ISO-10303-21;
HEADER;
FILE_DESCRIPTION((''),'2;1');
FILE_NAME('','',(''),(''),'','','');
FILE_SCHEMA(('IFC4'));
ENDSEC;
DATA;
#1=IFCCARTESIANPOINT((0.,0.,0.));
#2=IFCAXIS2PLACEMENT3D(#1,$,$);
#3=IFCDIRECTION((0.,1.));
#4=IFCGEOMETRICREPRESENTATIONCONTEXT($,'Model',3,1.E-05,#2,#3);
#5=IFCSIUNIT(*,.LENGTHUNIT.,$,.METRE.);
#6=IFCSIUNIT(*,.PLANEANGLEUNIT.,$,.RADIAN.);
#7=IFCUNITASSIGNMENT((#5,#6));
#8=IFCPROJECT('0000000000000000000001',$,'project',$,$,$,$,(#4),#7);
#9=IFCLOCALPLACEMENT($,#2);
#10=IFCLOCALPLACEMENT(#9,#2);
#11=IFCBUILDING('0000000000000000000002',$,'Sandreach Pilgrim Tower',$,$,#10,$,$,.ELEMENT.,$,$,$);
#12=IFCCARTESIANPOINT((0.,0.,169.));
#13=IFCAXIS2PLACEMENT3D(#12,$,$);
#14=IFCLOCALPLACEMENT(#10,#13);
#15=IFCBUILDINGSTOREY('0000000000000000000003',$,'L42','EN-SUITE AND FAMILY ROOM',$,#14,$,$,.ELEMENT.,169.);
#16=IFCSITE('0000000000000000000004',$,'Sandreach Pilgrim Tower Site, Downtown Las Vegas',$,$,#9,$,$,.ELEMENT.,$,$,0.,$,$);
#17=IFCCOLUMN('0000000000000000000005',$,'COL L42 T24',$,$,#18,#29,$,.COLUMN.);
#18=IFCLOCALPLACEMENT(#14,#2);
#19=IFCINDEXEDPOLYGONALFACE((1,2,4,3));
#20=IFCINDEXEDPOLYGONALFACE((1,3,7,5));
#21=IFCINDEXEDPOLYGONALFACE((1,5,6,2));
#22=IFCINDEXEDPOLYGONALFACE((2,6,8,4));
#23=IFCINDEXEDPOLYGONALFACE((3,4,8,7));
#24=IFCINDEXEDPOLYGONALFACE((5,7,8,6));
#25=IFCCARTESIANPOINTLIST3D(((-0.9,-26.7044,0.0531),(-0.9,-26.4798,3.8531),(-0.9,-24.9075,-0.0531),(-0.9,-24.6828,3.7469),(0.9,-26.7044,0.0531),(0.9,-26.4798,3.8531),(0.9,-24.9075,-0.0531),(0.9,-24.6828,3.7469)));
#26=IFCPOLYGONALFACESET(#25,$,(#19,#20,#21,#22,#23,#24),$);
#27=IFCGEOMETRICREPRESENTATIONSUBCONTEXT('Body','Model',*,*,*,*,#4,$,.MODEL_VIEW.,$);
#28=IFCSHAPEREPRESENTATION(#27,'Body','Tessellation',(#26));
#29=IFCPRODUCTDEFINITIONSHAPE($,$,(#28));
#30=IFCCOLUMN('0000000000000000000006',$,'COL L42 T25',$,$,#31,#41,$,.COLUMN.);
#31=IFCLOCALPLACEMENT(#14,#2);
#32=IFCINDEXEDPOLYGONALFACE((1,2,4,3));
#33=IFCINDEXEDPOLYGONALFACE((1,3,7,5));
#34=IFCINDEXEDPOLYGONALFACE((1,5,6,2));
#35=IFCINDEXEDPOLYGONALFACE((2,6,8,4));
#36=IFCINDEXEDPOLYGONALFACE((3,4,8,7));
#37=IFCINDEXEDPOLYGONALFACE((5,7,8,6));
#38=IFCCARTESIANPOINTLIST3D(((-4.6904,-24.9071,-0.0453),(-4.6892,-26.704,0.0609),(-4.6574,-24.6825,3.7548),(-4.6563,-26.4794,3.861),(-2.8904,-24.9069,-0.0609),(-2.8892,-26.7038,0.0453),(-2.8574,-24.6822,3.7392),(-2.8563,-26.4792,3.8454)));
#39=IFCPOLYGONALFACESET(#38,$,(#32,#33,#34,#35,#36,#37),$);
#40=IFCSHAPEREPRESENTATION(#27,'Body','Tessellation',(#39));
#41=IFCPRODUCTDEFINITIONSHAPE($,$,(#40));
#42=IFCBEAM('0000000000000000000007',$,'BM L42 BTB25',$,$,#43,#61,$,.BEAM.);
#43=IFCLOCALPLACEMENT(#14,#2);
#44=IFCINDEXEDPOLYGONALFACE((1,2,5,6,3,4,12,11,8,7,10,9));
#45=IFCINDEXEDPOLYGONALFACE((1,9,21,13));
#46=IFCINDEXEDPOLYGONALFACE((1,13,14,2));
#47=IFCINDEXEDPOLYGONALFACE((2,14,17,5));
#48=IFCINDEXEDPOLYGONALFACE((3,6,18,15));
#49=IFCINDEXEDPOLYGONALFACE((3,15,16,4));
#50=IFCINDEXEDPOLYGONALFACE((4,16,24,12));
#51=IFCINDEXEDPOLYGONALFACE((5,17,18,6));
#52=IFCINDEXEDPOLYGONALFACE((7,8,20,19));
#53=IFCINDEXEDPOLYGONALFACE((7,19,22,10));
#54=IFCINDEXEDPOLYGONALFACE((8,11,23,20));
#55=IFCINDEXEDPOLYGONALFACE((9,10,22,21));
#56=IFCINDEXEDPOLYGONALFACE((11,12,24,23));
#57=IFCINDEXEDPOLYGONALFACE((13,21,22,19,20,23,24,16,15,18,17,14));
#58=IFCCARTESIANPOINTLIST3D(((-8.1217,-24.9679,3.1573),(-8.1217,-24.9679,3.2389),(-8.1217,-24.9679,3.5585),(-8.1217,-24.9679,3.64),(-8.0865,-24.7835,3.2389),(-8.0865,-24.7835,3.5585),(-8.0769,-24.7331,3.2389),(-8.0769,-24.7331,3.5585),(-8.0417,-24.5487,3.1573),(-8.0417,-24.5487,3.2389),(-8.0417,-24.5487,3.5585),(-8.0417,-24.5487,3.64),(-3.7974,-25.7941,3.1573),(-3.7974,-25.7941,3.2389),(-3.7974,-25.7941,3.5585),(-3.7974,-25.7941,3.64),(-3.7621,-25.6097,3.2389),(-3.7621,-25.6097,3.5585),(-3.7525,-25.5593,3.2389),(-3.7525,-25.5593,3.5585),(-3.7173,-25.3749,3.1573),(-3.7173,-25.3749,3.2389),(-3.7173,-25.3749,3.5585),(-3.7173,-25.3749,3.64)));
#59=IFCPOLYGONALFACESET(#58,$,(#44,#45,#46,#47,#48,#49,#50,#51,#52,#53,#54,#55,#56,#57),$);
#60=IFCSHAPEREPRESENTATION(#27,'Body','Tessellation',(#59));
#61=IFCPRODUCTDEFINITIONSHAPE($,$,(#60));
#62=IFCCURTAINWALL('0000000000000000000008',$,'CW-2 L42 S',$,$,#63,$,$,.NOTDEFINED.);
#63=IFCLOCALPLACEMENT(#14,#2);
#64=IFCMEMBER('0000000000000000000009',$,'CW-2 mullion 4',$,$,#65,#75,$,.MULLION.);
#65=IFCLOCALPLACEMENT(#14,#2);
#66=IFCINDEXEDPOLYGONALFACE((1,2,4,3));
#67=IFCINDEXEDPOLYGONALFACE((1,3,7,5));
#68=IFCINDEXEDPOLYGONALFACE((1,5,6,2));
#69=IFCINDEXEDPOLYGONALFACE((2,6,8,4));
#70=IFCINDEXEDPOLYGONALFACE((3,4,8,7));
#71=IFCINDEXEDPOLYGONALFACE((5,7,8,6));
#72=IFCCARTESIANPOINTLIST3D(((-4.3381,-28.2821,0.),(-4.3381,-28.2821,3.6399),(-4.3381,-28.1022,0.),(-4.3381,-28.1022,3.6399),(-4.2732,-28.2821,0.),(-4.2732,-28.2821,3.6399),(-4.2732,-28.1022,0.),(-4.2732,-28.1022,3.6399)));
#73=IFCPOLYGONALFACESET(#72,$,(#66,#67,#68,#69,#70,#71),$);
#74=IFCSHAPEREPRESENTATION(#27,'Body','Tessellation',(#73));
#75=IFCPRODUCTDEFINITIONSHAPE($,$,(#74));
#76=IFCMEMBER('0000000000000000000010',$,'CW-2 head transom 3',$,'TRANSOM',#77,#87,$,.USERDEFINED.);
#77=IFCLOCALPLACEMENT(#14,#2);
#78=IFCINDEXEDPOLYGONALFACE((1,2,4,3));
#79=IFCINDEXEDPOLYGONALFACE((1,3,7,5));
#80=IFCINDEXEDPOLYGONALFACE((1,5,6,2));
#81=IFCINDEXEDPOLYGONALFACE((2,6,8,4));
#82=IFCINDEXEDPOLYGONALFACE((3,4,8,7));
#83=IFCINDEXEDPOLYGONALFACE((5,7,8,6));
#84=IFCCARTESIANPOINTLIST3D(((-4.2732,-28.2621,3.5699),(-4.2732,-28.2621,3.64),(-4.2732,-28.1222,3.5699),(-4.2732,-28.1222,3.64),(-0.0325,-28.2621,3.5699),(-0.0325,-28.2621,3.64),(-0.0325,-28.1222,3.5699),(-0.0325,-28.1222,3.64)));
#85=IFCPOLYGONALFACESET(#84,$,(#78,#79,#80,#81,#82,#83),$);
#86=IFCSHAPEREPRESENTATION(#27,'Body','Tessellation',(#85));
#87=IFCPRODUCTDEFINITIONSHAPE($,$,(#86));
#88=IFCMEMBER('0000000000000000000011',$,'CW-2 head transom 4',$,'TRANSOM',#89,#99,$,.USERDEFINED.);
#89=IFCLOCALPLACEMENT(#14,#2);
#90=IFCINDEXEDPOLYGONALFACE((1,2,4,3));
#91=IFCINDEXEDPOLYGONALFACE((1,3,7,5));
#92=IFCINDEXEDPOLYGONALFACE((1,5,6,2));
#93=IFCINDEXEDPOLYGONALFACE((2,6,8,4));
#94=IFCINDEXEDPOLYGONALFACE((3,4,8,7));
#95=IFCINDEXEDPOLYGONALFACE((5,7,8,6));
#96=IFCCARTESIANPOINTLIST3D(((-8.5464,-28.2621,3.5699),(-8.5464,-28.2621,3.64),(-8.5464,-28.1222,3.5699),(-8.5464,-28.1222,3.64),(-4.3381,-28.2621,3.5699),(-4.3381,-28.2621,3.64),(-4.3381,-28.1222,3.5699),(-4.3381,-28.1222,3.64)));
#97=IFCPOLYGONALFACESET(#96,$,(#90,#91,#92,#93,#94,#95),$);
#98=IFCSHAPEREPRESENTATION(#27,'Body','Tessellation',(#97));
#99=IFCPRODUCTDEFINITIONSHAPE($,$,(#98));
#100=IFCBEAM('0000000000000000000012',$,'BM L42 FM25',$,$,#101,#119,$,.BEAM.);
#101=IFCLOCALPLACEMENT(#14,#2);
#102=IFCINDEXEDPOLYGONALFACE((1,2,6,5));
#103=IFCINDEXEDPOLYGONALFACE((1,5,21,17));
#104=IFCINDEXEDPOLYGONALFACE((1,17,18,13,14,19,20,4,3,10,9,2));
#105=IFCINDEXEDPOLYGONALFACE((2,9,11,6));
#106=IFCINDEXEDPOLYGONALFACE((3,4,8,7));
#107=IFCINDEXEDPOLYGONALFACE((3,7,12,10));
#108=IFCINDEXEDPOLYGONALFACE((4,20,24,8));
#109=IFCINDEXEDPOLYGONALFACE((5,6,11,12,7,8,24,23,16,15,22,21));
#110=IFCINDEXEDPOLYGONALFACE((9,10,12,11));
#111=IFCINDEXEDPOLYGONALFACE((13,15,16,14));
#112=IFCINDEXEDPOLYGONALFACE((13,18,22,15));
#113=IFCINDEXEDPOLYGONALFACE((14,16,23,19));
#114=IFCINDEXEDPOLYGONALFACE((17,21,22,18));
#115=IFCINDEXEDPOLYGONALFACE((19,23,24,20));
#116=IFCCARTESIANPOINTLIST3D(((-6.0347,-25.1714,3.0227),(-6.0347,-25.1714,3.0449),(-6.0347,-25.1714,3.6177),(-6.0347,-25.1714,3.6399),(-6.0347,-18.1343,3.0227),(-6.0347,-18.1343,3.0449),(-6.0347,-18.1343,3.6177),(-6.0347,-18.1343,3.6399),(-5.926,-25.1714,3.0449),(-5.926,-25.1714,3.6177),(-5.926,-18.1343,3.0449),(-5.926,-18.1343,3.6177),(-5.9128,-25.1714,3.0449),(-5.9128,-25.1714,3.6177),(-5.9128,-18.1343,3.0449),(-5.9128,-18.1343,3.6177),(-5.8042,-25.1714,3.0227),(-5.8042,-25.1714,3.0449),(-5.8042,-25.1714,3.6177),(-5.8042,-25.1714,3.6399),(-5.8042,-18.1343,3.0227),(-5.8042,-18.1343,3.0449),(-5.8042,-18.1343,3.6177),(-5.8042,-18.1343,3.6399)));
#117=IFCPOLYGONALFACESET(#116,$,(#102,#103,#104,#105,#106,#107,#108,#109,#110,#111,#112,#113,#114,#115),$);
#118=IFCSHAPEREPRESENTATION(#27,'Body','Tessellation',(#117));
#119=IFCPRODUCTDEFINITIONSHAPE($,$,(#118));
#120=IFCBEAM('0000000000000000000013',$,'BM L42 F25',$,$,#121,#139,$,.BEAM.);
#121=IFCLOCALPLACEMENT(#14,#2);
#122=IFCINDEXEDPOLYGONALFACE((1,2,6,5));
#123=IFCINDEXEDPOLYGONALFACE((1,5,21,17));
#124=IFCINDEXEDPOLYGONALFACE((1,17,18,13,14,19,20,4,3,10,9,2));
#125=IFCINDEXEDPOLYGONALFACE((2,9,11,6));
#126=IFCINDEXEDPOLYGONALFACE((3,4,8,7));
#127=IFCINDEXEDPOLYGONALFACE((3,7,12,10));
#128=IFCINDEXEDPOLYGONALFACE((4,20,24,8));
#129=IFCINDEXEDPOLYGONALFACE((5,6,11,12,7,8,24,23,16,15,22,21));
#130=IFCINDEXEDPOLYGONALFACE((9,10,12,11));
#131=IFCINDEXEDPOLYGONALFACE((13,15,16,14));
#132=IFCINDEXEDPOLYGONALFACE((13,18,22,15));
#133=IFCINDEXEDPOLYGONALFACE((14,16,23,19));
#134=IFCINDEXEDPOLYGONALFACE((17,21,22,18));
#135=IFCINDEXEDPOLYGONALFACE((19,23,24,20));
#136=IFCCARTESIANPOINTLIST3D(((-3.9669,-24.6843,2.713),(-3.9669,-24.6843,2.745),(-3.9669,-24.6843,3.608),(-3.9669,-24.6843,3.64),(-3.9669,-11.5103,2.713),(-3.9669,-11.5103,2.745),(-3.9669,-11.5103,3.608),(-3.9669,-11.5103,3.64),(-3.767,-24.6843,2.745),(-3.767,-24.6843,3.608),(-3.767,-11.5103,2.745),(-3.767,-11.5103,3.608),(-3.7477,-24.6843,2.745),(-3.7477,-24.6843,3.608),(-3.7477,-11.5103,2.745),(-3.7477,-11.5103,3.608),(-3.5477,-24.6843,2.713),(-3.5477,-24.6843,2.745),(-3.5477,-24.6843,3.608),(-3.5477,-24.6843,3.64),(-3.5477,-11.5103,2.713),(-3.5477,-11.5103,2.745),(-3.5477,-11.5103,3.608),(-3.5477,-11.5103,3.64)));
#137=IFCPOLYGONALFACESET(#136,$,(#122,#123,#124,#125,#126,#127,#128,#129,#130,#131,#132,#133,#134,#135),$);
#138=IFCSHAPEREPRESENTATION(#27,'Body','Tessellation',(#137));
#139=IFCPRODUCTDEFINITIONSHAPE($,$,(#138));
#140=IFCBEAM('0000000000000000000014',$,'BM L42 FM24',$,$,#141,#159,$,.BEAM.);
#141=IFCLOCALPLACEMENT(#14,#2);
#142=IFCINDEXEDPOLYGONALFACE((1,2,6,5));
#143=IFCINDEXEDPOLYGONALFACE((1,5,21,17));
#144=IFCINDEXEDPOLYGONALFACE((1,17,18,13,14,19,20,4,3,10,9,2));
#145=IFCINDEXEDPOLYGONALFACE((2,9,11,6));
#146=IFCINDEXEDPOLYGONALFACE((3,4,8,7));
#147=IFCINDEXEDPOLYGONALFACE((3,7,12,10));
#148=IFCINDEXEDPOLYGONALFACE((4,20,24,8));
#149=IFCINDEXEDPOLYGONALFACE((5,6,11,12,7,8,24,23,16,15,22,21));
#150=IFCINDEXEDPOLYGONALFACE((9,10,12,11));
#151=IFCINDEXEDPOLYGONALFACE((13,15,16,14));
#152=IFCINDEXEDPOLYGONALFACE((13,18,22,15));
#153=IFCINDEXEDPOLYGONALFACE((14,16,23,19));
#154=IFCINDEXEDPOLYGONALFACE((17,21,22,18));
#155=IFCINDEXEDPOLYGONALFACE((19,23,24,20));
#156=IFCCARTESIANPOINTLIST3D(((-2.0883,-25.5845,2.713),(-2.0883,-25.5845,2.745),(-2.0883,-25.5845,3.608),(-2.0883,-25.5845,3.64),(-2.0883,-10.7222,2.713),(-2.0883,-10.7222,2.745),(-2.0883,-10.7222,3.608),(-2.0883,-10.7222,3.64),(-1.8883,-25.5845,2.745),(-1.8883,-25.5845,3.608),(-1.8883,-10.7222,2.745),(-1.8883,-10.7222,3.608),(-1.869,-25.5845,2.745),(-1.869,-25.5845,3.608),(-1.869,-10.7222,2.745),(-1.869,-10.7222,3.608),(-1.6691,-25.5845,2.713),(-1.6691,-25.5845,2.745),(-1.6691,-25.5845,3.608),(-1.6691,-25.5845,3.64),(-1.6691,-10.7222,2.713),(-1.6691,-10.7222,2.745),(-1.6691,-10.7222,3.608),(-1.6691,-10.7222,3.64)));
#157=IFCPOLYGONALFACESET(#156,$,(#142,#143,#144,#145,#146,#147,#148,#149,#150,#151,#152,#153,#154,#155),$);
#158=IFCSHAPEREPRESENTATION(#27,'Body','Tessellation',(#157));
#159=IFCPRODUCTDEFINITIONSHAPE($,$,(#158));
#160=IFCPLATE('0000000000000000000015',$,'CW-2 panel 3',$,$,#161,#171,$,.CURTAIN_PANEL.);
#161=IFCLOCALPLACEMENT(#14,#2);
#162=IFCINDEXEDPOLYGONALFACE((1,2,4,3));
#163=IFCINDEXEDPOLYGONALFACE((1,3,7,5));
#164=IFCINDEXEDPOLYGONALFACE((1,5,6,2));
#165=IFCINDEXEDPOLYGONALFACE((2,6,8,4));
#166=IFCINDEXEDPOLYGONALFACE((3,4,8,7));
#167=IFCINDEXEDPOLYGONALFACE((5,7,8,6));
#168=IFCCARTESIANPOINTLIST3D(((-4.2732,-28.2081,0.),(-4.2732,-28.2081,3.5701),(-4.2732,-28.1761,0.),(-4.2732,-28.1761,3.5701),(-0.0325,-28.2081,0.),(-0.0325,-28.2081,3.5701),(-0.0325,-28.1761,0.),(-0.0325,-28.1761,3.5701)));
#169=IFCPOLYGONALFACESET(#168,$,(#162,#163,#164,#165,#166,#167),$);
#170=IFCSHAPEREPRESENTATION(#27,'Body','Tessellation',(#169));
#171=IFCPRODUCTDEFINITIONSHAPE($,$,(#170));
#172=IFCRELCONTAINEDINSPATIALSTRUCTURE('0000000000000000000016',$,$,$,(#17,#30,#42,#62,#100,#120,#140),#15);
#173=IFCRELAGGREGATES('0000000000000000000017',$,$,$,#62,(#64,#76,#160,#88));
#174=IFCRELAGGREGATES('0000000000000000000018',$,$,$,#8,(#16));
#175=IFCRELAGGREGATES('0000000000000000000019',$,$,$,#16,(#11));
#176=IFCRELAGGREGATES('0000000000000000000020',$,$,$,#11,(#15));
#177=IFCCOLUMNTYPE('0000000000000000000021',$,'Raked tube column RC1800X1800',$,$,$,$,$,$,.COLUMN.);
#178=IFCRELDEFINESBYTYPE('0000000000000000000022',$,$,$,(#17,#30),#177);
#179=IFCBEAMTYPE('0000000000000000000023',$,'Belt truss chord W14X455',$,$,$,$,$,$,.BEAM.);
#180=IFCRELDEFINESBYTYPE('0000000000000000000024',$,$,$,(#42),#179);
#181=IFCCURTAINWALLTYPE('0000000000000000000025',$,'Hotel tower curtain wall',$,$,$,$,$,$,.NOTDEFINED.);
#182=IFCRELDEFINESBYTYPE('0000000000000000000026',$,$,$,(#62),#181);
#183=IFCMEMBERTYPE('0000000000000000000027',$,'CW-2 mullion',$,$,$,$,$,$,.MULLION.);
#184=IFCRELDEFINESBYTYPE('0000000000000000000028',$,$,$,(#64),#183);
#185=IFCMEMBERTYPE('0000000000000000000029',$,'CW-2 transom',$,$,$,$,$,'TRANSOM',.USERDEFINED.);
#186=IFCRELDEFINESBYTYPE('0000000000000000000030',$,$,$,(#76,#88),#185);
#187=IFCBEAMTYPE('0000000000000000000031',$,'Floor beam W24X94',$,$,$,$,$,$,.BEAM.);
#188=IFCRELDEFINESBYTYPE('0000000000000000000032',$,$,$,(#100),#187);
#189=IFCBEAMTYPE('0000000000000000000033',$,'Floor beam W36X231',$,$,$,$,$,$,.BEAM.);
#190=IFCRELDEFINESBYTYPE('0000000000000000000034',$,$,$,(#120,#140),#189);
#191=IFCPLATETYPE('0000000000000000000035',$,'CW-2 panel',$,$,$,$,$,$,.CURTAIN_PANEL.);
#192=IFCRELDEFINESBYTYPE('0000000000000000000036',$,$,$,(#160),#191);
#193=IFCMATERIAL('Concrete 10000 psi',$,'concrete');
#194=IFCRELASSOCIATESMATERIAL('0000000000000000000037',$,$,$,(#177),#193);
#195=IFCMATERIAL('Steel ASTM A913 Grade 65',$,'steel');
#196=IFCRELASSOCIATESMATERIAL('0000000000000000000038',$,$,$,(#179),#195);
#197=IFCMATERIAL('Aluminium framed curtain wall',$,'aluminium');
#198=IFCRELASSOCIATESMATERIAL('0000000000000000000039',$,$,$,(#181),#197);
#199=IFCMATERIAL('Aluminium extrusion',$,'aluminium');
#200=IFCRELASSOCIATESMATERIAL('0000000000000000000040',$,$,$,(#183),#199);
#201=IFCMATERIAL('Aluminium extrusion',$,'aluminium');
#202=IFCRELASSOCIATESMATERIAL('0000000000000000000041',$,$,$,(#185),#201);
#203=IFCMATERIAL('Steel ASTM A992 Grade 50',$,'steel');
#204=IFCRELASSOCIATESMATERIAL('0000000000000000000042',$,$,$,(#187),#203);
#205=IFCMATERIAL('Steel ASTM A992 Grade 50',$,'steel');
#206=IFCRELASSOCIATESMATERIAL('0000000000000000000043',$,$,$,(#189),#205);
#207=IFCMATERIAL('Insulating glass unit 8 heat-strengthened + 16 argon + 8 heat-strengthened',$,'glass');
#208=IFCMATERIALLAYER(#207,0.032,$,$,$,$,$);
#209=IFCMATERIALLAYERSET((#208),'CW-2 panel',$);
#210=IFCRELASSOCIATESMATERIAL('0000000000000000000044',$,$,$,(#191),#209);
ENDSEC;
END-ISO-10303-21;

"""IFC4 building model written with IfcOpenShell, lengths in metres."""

from ifc_helpers import new_model, si_unit, direction, frame, origin, origin_2d, place, context, subcontext, project, spatial, rectangle, i_section, extrude, material, layer, layer_set, material_profile, profile_set, type_object, element, aggregate, save


model = new_model("IFC4")

# Units and contexts
model_context = context("Model", 3, precision=1e-05, world=origin(), true_north=direction((0.0, 1.0)))
body_context = subcontext(model_context, "Body", "Model", "MODEL_VIEW")
ifc_project = project(units=[si_unit("LENGTHUNIT", "METRE"), si_unit("PLANEANGLEUNIT", "RADIAN")], contexts=[model_context])

# Site, building, storey
site_placement = place(None, origin())
site = spatial("IfcSite", under=ifc_project, at=site_placement, Name="Sandreach Pilgrim Tower Site, Downtown Las Vegas", CompositionType="ELEMENT", RefElevation=0.0)
building_placement = place(site_placement, origin())
building = spatial("IfcBuilding", under=site, at=building_placement, Name="Sandreach Pilgrim Tower", CompositionType="ELEMENT")
storey_placement = place(building_placement, frame((0.0, 0.0, 169.0)))
storey = spatial("IfcBuildingStorey", under=building, at=storey_placement, Name="L42", Description="EN-SUITE AND FAMILY ROOM", CompositionType="ELEMENT", Elevation=169.0)

# Columns
ifc_material_1 = material(Name="Concrete 10000 psi", Category="concrete")
ifc_material_profile_1 = material_profile(ifc_material_1, rectangle(XDim=1.8, YDim=1.8, at=origin_2d()), Name="RC1800X1800")
ifc_profile_set_1 = profile_set([ifc_material_profile_1], Name="Concrete 10000 psi")
column_type = type_object("IfcColumnType", Name="Raked tube column RC1800X1800", PredefinedType="COLUMN", material=ifc_profile_set_1)
column_1_placement = place(storey_placement, frame((0.0, -25.8059, 0.0), z_axis=(0.0, 0.059004, 0.998258), x_axis=(0.0, -0.998258, 0.059004)))
element("IfcColumn", 1, at=column_1_placement, inside=storey, type_object=column_type, Name="COL L42 T24", PredefinedType="COLUMN", context=body_context, shape_type="SweptSolid", body=[
    extrude(rectangle(XDim=1.8, YDim=1.8, at=origin_2d()), origin(), (0.0, 0.0, 1.0), 3.8066),
])
column_2_placement = place(storey_placement, frame((-3.7898, -25.8054, 0.0), z_axis=(0.008658, 0.059002, 0.99822), x_axis=(0.000629, -0.998258, 0.058999)))
element("IfcColumn", 2, at=column_2_placement, inside=storey, type_object=column_type, Name="COL L42 T25", PredefinedType="COLUMN", context=body_context, shape_type="SweptSolid", body=[
    extrude(rectangle(XDim=1.8, YDim=1.8, at=origin_2d()), origin(), (0.0, 0.0, 1.0), 3.8069),
])

# Beam
ifc_material_2 = material(Name="Steel ASTM A913 Grade 65", Category="steel")
ifc_material_profile_2 = material_profile(ifc_material_2, i_section(OverallWidth=0.4268, OverallDepth=0.4827, WebThickness=0.0513, FlangeThickness=0.0815, at=origin_2d()), Name="W14X455")
ifc_profile_set_2 = profile_set([ifc_material_profile_2], Name="Steel ASTM A913 Grade 65")
beam_type_1 = type_object("IfcBeamType", Name="Belt truss chord W14X455", PredefinedType="BEAM", material=ifc_profile_set_2)
beam_1_placement = place(storey_placement, frame((-3.7573, -25.5845, 3.3987), z_axis=(-0.982236, 0.187652, 0.0), x_axis=(-0.187652, -0.982236, 0.0)))
element("IfcBeam", 3, at=beam_1_placement, inside=storey, type_object=beam_type_1, Name="BM L42 BTB25", PredefinedType="BEAM", context=body_context, shape_type="SweptSolid", body=[
    extrude(i_section(OverallWidth=0.4268, OverallDepth=0.4827, WebThickness=0.0513, FlangeThickness=0.0815, at=origin_2d()), origin(), (0.0, 0.0, 1.0), 4.4026),
])

# Curtain wall, members
ifc_material_3 = material(Name="Aluminium framed curtain wall", Category="aluminium")
curtain_wall_type = type_object("IfcCurtainWallType", Name="Hotel tower curtain wall", PredefinedType="NOTDEFINED", material=ifc_material_3)
curtain_wall_placement = place(storey_placement, origin())
curtain_wall = element("IfcCurtainWall", 4, at=curtain_wall_placement, inside=storey, type_object=curtain_wall_type, Name="CW-2 L42 S", PredefinedType="NOTDEFINED")
ifc_material_4 = material(Name="Aluminium extrusion", Category="aluminium")
ifc_material_profile_3 = material_profile(ifc_material_4, rectangle(XDim=0.0649, YDim=0.1799, at=origin_2d()), Name="CW-2M 65X180")
ifc_profile_set_3 = profile_set([ifc_material_profile_3], Name="Aluminium extrusion")
member_type_1 = type_object("IfcMemberType", Name="CW-2 mullion", PredefinedType="MULLION", material=ifc_profile_set_3)
member_1_placement = place(storey_placement, frame((-4.3057, -28.1921, 0.0), z_axis=(0.0, 0.0, 1.0), x_axis=(-1.0, 0.0, 0.0)))
member_1 = element("IfcMember", 5, at=member_1_placement, type_object=member_type_1, Name="CW-2 mullion 4", PredefinedType="MULLION", context=body_context, shape_type="SweptSolid", body=[
    extrude(rectangle(XDim=0.0649, YDim=0.1799, at=origin_2d()), origin(), (0.0, 0.0, 1.0), 3.6399),
])
ifc_material_5 = material(Name="Aluminium extrusion", Category="aluminium")
ifc_material_profile_4 = material_profile(ifc_material_5, rectangle(XDim=0.1399, YDim=0.0701, at=origin_2d()), Name="CW-2T 140X70")
ifc_profile_set_4 = profile_set([ifc_material_profile_4], Name="Aluminium extrusion")
member_type_2 = type_object("IfcMemberType", Name="CW-2 transom", ElementType="TRANSOM", PredefinedType="USERDEFINED", material=ifc_profile_set_4)
member_2_placement = place(storey_placement, frame((-0.0325, -28.1921, 3.605), z_axis=(-1.0, 0.0, 0.0), x_axis=(0.0, -1.0, 0.0)))
member_2 = element("IfcMember", 6, at=member_2_placement, type_object=member_type_2, Name="CW-2 head transom 3", ObjectType="TRANSOM", PredefinedType="USERDEFINED", context=body_context, shape_type="SweptSolid", body=[
    extrude(rectangle(XDim=0.1399, YDim=0.0701, at=origin_2d()), origin(), (0.0, 0.0, 1.0), 4.2407),
])
member_3_placement = place(storey_placement, frame((-4.3381, -28.1921, 3.605), z_axis=(-1.0, 0.0, 0.0), x_axis=(0.0, -1.0, 0.0)))
member_3 = element("IfcMember", 7, at=member_3_placement, type_object=member_type_2, Name="CW-2 head transom 4", ObjectType="TRANSOM", PredefinedType="USERDEFINED", context=body_context, shape_type="SweptSolid", body=[
    extrude(rectangle(XDim=0.1399, YDim=0.0701, at=origin_2d()), origin(), (0.0, 0.0, 1.0), 4.2083),
])

# Beams
ifc_material_6 = material(Name="Steel ASTM A992 Grade 50", Category="steel")
ifc_material_profile_5 = material_profile(ifc_material_6, i_section(OverallWidth=0.2305, OverallDepth=0.6172, WebThickness=0.0132, FlangeThickness=0.0222, at=origin_2d()), Name="W24X94")
ifc_profile_set_5 = profile_set([ifc_material_profile_5], Name="Steel ASTM A992 Grade 50")
beam_type_2 = type_object("IfcBeamType", Name="Floor beam W24X94", PredefinedType="BEAM", material=ifc_profile_set_5)
beam_2_placement = place(storey_placement, frame((-5.9194, -25.1714, 3.3313), z_axis=(0.0, 1.0, 0.0), x_axis=(-1.0, 0.0, 0.0)))
element("IfcBeam", 8, at=beam_2_placement, inside=storey, type_object=beam_type_2, Name="BM L42 FM25", PredefinedType="BEAM", context=body_context, shape_type="SweptSolid", body=[
    extrude(i_section(OverallWidth=0.2305, OverallDepth=0.6172, WebThickness=0.0132, FlangeThickness=0.0222, at=origin_2d()), origin(), (0.0, 0.0, 1.0), 7.0371),
])
ifc_material_7 = material(Name="Steel ASTM A992 Grade 50", Category="steel")
ifc_material_profile_6 = material_profile(ifc_material_7, i_section(OverallWidth=0.4192, OverallDepth=0.927, WebThickness=0.0193, FlangeThickness=0.032, at=origin_2d()), Name="W36X231")
ifc_profile_set_6 = profile_set([ifc_material_profile_6], Name="Steel ASTM A992 Grade 50")
beam_type_3 = type_object("IfcBeamType", Name="Floor beam W36X231", PredefinedType="BEAM", material=ifc_profile_set_6)
beam_3_placement = place(storey_placement, frame((-3.7573, -24.6843, 3.1765), z_axis=(0.0, 1.0, 0.0), x_axis=(-1.0, 0.0, 0.0)))
element("IfcBeam", 9, at=beam_3_placement, inside=storey, type_object=beam_type_3, Name="BM L42 F25", PredefinedType="BEAM", context=body_context, shape_type="SweptSolid", body=[
    extrude(i_section(OverallWidth=0.4192, OverallDepth=0.927, WebThickness=0.0193, FlangeThickness=0.032, at=origin_2d()), origin(), (0.0, 0.0, 1.0), 13.1741),
])
beam_4_placement = place(storey_placement, frame((-1.8787, -25.5845, 3.1765), z_axis=(0.0, 1.0, 0.0), x_axis=(-1.0, 0.0, 0.0)))
element("IfcBeam", 10, at=beam_4_placement, inside=storey, type_object=beam_type_3, Name="BM L42 FM24", PredefinedType="BEAM", context=body_context, shape_type="SweptSolid", body=[
    extrude(i_section(OverallWidth=0.4192, OverallDepth=0.927, WebThickness=0.0193, FlangeThickness=0.032, at=origin_2d()), origin(), (0.0, 0.0, 1.0), 14.8623),
])

# Plate
ifc_material_8 = material(Name="Insulating glass unit 8 heat-strengthened + 16 argon + 8 heat-strengthened", Category="glass")
ifc_layer_1 = layer(ifc_material_8, 0.032)
ifc_layer_set_1 = layer_set([ifc_layer_1], Name="CW-2 panel")
plate_type = type_object("IfcPlateType", Name="CW-2 panel", PredefinedType="CURTAIN_PANEL", material=ifc_layer_set_1)
plate_1_placement = place(storey_placement, frame((-2.1528, -28.1921, 0.0), z_axis=(0.0, 0.0, 1.0), x_axis=(-1.0, 0.0, 0.0)))
plate_1 = element("IfcPlate", 11, at=plate_1_placement, type_object=plate_type, Name="CW-2 panel 3", PredefinedType="CURTAIN_PANEL", context=body_context, shape_type="SweptSolid", body=[
    extrude(rectangle(XDim=4.2407, YDim=0.032, at=origin_2d()), origin(), (0.0, 0.0, 1.0), 3.5701),
])
aggregate(curtain_wall, [member_1, member_2, plate_1, member_3])

save(model, "model.ifc")
